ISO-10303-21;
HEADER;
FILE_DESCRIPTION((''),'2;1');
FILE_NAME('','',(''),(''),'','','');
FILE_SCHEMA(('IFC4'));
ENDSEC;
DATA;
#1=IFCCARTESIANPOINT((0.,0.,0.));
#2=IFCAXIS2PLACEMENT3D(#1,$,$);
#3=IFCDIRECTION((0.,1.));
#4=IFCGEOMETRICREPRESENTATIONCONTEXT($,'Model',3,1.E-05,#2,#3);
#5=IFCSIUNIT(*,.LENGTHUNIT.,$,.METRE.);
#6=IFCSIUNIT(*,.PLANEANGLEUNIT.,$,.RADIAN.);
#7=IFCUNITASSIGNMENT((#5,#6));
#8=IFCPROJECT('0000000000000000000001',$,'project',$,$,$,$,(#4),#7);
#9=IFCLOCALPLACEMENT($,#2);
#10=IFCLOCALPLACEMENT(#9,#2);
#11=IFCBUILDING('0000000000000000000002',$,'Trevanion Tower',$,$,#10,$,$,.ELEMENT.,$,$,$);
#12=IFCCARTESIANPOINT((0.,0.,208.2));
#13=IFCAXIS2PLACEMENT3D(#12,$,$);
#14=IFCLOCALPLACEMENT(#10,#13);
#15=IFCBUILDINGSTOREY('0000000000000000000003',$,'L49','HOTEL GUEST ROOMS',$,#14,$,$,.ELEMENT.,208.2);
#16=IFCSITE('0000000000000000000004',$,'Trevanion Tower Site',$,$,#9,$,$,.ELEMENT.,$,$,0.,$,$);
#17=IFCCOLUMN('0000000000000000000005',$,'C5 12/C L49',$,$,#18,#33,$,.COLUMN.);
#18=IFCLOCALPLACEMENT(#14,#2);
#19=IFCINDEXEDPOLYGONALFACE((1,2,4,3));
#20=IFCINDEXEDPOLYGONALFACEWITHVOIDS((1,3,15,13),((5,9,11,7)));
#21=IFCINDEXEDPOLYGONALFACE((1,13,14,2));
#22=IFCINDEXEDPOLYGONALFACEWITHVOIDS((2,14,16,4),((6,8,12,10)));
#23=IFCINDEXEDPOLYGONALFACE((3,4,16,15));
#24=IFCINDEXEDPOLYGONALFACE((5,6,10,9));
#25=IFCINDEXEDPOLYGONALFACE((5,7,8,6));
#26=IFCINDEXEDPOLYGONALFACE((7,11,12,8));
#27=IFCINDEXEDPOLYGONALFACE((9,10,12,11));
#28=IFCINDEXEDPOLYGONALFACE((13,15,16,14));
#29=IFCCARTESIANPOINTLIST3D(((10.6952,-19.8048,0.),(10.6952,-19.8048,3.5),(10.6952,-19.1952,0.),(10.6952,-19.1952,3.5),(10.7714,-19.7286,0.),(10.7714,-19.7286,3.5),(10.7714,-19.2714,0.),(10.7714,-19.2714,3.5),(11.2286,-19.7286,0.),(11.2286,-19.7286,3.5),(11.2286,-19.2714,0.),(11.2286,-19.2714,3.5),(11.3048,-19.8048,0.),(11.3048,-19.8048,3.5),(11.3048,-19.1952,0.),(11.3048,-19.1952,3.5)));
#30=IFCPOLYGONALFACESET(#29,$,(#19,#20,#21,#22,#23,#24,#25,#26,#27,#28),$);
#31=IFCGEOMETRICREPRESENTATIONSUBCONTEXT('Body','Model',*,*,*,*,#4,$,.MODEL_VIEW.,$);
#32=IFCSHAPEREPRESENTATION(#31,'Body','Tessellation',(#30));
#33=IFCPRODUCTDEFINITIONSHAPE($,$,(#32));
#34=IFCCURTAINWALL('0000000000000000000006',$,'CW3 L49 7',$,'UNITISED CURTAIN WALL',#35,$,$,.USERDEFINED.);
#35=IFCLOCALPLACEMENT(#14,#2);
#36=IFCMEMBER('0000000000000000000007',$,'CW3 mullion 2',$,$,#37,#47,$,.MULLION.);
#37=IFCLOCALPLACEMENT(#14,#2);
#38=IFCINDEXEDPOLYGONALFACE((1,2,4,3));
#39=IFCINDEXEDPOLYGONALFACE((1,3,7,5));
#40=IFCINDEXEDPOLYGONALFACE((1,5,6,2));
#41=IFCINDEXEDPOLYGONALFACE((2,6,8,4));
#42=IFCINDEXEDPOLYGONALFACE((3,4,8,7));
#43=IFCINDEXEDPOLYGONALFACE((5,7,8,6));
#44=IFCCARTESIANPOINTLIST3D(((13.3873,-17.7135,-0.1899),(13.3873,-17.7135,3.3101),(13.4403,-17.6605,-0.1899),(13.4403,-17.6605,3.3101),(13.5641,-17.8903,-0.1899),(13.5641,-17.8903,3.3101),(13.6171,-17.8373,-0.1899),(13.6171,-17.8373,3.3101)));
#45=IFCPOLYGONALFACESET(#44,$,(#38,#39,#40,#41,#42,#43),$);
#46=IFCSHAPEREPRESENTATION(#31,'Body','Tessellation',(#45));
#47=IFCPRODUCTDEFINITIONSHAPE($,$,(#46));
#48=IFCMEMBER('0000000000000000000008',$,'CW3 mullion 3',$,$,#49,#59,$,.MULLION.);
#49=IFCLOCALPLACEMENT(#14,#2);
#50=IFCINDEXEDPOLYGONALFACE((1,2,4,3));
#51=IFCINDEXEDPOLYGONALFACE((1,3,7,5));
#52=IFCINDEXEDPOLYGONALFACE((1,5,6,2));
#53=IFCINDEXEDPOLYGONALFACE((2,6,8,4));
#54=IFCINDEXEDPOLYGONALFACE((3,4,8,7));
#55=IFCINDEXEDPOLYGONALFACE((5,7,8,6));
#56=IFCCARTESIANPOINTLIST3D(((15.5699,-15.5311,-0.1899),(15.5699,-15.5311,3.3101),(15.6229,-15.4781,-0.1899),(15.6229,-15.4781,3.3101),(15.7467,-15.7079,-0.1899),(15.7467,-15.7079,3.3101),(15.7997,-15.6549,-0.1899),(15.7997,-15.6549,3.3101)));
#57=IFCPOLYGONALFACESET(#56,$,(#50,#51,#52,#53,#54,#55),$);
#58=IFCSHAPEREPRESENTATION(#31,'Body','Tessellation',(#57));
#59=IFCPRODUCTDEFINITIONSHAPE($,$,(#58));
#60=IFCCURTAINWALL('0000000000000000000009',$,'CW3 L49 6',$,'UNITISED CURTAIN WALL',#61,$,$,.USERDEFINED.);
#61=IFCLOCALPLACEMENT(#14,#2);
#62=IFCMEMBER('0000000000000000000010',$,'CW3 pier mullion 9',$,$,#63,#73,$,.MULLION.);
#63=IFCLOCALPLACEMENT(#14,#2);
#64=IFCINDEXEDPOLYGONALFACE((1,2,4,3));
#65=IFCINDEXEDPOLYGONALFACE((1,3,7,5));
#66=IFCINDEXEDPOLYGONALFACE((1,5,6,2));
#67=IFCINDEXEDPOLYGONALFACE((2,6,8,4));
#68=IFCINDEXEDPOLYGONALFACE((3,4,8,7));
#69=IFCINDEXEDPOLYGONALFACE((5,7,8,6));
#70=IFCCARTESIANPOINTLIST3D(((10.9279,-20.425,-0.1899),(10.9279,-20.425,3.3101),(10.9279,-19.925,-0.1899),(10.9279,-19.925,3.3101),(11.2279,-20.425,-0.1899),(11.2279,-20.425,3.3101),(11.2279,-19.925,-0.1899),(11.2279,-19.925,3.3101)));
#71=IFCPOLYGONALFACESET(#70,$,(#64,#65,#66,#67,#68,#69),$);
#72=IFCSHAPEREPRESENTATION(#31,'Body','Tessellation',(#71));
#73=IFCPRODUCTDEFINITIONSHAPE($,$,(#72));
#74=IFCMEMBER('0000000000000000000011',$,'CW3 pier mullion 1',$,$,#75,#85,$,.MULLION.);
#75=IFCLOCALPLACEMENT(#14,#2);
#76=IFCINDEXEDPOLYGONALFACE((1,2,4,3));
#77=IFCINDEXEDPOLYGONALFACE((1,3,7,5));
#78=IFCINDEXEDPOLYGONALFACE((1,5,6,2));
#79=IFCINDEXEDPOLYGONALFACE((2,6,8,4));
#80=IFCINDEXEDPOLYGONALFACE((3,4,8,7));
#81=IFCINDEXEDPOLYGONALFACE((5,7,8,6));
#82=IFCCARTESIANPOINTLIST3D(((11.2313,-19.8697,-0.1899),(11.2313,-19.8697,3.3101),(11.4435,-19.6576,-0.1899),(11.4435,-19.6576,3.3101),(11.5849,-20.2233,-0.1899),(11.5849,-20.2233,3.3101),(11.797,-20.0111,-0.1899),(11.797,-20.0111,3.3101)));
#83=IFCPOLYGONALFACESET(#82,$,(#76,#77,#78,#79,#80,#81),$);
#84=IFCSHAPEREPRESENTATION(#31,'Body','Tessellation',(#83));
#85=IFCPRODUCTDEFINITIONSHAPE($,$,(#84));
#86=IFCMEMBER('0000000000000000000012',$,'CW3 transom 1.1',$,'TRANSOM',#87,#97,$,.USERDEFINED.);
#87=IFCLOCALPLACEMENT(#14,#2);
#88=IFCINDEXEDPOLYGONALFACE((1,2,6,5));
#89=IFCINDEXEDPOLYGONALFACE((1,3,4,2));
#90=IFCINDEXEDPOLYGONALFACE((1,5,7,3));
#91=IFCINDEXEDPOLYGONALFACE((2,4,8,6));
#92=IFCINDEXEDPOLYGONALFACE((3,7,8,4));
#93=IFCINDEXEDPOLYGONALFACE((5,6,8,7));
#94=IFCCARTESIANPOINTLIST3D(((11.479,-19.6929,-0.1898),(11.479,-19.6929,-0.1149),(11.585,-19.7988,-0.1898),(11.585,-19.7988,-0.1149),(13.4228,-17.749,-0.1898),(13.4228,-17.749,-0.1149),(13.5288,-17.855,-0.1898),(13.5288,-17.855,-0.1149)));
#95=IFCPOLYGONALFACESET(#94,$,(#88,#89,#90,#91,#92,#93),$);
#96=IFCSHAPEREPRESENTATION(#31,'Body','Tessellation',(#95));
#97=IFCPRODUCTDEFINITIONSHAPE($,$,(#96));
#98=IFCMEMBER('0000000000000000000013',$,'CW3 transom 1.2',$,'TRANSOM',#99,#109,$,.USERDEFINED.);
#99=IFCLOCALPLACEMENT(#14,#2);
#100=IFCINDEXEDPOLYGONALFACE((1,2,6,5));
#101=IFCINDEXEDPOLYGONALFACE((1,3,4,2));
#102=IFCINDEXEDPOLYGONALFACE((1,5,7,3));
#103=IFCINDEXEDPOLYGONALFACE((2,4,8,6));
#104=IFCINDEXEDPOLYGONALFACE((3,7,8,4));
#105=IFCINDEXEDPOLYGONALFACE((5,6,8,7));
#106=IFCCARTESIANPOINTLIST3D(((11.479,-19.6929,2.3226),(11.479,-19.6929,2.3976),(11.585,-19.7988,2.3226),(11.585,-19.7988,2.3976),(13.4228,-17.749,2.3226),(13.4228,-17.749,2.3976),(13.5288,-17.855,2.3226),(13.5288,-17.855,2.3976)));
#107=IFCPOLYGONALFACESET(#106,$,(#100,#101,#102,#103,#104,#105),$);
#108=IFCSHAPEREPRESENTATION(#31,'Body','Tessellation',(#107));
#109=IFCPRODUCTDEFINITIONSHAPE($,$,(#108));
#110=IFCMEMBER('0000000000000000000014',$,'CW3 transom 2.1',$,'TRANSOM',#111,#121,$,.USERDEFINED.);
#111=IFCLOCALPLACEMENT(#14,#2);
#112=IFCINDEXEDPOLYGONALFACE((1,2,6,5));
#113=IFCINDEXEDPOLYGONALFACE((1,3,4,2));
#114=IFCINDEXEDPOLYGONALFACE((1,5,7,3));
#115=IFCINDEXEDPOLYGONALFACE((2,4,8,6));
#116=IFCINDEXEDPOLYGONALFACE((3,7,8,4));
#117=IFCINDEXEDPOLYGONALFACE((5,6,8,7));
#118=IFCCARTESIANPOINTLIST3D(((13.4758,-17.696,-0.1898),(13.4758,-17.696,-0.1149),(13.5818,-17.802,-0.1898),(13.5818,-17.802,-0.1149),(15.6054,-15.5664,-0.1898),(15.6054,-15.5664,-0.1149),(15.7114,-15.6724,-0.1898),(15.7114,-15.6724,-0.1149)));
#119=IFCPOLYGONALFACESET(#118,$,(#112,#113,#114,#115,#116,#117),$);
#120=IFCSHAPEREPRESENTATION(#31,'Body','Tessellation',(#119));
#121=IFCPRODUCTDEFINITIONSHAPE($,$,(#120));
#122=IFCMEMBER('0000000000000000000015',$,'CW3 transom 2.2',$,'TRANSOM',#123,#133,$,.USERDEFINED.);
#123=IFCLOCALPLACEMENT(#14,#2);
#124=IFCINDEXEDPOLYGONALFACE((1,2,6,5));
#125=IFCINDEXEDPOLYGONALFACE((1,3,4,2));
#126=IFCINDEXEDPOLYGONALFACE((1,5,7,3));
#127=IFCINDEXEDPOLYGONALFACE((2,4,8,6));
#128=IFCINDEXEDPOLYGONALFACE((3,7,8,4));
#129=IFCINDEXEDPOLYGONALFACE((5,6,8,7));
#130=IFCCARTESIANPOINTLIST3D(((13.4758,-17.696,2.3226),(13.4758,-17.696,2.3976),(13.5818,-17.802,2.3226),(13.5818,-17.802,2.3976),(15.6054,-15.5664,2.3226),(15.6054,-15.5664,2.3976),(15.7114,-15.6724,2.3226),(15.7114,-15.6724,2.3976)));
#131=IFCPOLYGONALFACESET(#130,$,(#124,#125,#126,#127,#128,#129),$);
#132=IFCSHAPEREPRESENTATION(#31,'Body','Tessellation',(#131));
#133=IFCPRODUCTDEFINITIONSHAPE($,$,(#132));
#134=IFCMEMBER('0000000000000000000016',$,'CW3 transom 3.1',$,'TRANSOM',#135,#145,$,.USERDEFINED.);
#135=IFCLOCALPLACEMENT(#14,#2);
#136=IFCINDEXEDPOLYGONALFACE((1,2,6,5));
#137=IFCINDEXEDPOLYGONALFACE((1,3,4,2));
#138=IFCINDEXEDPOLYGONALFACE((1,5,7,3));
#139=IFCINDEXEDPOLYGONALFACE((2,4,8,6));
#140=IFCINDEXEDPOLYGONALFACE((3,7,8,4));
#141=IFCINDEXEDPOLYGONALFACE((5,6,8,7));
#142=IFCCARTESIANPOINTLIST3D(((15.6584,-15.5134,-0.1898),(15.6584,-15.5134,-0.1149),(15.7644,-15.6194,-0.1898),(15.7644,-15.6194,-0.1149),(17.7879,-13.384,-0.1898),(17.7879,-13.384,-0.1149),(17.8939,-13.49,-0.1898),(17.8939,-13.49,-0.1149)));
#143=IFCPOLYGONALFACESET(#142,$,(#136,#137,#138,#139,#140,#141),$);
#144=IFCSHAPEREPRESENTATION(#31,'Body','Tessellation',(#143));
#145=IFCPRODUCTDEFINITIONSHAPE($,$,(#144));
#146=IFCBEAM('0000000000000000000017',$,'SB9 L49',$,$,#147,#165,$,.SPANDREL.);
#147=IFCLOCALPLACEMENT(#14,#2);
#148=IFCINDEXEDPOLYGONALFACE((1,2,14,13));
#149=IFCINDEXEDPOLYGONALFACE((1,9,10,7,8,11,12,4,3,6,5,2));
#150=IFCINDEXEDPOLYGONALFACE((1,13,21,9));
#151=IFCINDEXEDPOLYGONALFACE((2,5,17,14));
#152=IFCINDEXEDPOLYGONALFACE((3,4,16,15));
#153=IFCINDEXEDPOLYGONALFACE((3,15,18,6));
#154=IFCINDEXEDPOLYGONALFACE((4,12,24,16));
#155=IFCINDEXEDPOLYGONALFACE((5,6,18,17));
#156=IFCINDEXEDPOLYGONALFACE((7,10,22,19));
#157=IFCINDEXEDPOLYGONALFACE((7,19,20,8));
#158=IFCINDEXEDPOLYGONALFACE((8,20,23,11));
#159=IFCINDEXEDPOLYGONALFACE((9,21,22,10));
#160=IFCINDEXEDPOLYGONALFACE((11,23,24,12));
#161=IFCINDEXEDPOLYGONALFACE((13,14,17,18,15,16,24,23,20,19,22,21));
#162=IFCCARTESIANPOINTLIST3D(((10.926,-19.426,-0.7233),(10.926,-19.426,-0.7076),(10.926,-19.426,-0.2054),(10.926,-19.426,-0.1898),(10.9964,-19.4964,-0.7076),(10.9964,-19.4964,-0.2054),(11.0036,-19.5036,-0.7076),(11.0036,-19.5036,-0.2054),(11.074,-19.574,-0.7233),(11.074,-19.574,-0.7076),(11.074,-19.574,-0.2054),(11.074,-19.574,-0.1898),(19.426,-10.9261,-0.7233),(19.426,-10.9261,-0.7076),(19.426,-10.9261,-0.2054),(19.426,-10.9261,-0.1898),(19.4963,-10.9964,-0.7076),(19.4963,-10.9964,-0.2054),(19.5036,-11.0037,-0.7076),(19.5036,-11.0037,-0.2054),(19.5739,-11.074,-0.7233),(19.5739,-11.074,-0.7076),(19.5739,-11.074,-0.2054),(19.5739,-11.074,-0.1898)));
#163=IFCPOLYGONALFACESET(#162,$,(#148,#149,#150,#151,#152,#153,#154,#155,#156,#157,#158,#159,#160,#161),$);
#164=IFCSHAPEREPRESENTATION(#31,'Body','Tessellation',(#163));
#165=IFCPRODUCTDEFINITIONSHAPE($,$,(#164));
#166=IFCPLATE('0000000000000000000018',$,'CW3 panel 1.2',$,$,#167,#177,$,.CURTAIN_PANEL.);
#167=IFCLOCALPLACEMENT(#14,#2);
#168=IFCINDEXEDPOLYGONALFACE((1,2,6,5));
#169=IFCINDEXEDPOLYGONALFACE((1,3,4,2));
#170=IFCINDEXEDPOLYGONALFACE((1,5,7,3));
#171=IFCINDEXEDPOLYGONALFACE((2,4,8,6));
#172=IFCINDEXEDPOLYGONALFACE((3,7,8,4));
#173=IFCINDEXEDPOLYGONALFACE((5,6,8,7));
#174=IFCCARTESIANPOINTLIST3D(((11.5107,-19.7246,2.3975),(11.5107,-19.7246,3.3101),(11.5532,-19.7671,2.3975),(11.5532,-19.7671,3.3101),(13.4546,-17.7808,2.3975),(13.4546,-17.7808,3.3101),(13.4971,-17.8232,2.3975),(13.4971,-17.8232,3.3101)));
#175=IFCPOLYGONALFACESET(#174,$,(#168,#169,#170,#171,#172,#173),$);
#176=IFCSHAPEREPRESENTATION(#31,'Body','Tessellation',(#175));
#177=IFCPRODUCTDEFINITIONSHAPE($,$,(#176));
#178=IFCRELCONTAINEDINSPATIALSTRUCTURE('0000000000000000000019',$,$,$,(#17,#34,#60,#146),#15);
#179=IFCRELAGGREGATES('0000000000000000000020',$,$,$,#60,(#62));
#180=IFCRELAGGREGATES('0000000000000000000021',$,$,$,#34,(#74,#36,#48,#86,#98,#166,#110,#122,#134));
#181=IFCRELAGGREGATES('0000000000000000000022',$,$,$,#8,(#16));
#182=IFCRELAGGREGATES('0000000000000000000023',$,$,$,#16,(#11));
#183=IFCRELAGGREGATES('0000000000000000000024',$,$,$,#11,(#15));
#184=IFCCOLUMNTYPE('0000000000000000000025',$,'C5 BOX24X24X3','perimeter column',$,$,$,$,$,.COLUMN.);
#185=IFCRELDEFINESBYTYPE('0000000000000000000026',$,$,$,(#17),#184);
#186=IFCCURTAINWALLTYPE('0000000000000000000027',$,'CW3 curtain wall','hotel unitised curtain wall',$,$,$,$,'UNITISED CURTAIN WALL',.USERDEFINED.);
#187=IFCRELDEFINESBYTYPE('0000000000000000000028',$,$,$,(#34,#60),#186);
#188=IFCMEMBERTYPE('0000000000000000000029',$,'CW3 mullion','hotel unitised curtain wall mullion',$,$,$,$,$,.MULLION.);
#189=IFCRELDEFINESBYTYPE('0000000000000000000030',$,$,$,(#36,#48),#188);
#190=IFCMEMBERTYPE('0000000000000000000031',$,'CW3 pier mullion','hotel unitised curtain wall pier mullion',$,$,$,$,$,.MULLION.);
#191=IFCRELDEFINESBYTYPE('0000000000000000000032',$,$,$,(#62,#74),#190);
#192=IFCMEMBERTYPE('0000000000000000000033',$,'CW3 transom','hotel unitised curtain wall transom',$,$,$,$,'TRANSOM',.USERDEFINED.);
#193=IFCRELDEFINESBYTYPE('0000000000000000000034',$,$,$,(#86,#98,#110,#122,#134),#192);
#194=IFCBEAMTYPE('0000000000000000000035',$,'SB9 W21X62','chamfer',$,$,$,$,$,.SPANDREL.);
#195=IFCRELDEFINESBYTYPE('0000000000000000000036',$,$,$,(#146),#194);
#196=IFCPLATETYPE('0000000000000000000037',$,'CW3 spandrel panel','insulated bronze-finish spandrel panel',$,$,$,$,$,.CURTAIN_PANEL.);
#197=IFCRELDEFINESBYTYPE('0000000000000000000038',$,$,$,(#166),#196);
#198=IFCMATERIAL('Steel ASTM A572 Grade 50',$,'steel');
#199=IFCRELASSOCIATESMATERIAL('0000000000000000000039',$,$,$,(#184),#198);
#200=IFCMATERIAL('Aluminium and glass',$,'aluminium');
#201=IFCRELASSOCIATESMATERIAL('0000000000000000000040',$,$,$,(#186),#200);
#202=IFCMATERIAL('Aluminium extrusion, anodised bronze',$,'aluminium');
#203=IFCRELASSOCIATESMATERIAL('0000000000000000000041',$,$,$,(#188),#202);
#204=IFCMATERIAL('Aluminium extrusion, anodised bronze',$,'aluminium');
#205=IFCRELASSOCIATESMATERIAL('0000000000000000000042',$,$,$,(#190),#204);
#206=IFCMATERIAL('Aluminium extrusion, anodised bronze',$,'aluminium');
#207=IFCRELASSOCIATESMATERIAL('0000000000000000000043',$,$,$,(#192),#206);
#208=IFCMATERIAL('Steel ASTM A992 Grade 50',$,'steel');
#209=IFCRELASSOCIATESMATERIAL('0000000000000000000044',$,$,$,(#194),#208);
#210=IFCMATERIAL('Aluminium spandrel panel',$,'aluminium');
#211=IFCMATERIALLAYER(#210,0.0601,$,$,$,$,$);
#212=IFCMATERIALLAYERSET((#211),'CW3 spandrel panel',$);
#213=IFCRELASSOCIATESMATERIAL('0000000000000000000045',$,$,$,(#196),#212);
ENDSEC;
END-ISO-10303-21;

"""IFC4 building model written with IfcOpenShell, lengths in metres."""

from ifc_helpers import new_model, si_unit, direction, frame, origin, origin_2d, place, context, subcontext, project, spatial, rectangle, hollow_rectangle, i_section, extrude, material, layer, layer_set, material_profile, profile_set, type_object, element, aggregate, save


model = new_model("IFC4")

# Units and contexts
model_context = context("Model", 3, precision=1e-05, world=origin(), true_north=direction((0.0, 1.0)))
body_context = subcontext(model_context, "Body", "Model", "MODEL_VIEW")
ifc_project = project(units=[si_unit("LENGTHUNIT", "METRE"), si_unit("PLANEANGLEUNIT", "RADIAN")], contexts=[model_context])

# Site, building, storey
site_placement = place(None, origin())
site = spatial("IfcSite", under=ifc_project, at=site_placement, Name="Trevanion Tower Site", CompositionType="ELEMENT", RefElevation=0.0)
building_placement = place(site_placement, origin())
building = spatial("IfcBuilding", under=site, at=building_placement, Name="Trevanion Tower", CompositionType="ELEMENT")
storey_placement = place(building_placement, frame((0.0, 0.0, 208.2)))
storey = spatial("IfcBuildingStorey", under=building, at=storey_placement, Name="L49", Description="HOTEL GUEST ROOMS", CompositionType="ELEMENT", Elevation=208.2)

# Column
ifc_material_1 = material(Name="Steel ASTM A572 Grade 50", Category="steel")
ifc_material_profile_1 = material_profile(ifc_material_1, hollow_rectangle(XDim=0.6096, YDim=0.6096, WallThickness=0.0762, at=origin_2d()), Name="BOX24X24X3")
ifc_profile_set_1 = profile_set([ifc_material_profile_1], Name="Steel ASTM A572 Grade 50")
column_type = type_object("IfcColumnType", Name="C5 BOX24X24X3", Description="perimeter column", PredefinedType="COLUMN", material=ifc_profile_set_1)
column_placement = place(storey_placement, frame((11.0, -19.5, 0.0), z_axis=(0.0, 0.0, 1.0), x_axis=(1.0, 0.0, 0.0)))
element("IfcColumn", 1, at=column_placement, inside=storey, type_object=column_type, Name="C5 12/C L49", PredefinedType="COLUMN", context=body_context, shape_type="SweptSolid", body=[
    extrude(hollow_rectangle(XDim=0.6096, YDim=0.6096, WallThickness=0.0762, at=origin_2d()), origin(), (0.0, 0.0, 1.0), 3.5),
])

# Curtain wall, members
ifc_material_2 = material(Name="Aluminium and glass", Category="aluminium")
curtain_wall_type = type_object("IfcCurtainWallType", Name="CW3 curtain wall", Description="hotel unitised curtain wall", ElementType="UNITISED CURTAIN WALL", PredefinedType="USERDEFINED", material=ifc_material_2)
curtain_wall_1_placement = place(storey_placement, origin())
curtain_wall_1 = element("IfcCurtainWall", 2, at=curtain_wall_1_placement, inside=storey, type_object=curtain_wall_type, Name="CW3 L49 7", ObjectType="UNITISED CURTAIN WALL", PredefinedType="USERDEFINED")
ifc_material_3 = material(Name="Aluminium extrusion, anodised bronze", Category="aluminium")
ifc_material_profile_2 = material_profile(ifc_material_3, rectangle(XDim=0.075, YDim=0.25, at=origin_2d()), Name="CW3 mullion")
ifc_profile_set_2 = profile_set([ifc_material_profile_2], Name="Aluminium extrusion, anodised bronze")
member_type_1 = type_object("IfcMemberType", Name="CW3 mullion", Description="hotel unitised curtain wall mullion", PredefinedType="MULLION", material=ifc_profile_set_2)
member_1_placement = place(storey_placement, frame((13.5022, -17.7754, -0.1899), z_axis=(0.0, 0.0, 1.0), x_axis=(0.707107, 0.707107, 0.0)))
member_1 = element("IfcMember", 3, at=member_1_placement, type_object=member_type_1, Name="CW3 mullion 2", PredefinedType="MULLION", context=body_context, shape_type="SweptSolid", body=[
    extrude(rectangle(XDim=0.075, YDim=0.25, at=origin_2d()), origin(), (0.0, 0.0, 1.0), 3.5),
])
member_2_placement = place(storey_placement, frame((15.6848, -15.593, -0.1899), z_axis=(0.0, 0.0, 1.0), x_axis=(0.707107, 0.707107, 0.0)))
member_2 = element("IfcMember", 4, at=member_2_placement, type_object=member_type_1, Name="CW3 mullion 3", PredefinedType="MULLION", context=body_context, shape_type="SweptSolid", body=[
    extrude(rectangle(XDim=0.075, YDim=0.25, at=origin_2d()), origin(), (0.0, 0.0, 1.0), 3.5),
])

# Curtain wall, member
curtain_wall_2_placement = place(storey_placement, origin())
curtain_wall_2 = element("IfcCurtainWall", 5, at=curtain_wall_2_placement, inside=storey, type_object=curtain_wall_type, Name="CW3 L49 6", ObjectType="UNITISED CURTAIN WALL", PredefinedType="USERDEFINED")
ifc_material_4 = material(Name="Aluminium extrusion, anodised bronze", Category="aluminium")
ifc_material_profile_3 = material_profile(ifc_material_4, rectangle(XDim=0.3, YDim=0.5, at=origin_2d()), Name="CW3 pier mullion")
ifc_profile_set_3 = profile_set([ifc_material_profile_3], Name="Aluminium extrusion, anodised bronze")
member_type_2 = type_object("IfcMemberType", Name="CW3 pier mullion", Description="hotel unitised curtain wall pier mullion", PredefinedType="MULLION", material=ifc_profile_set_3)
member_3_placement = place(storey_placement, frame((11.0779, -20.175, -0.1899), z_axis=(0.0, 0.0, 1.0), x_axis=(1.0, 0.0, 0.0)))
member_3 = element("IfcMember", 6, at=member_3_placement, type_object=member_type_2, Name="CW3 pier mullion 9", PredefinedType="MULLION", context=body_context, shape_type="SweptSolid", body=[
    extrude(rectangle(XDim=0.3, YDim=0.5, at=origin_2d()), origin(), (0.0, 0.0, 1.0), 3.5),
])
aggregate(curtain_wall_2, [member_3])

# Members
member_4_placement = place(storey_placement, frame((11.5142, -19.9404, -0.1899), z_axis=(0.0, 0.0, 1.0), x_axis=(0.707107, 0.707107, 0.0)))
member_4 = element("IfcMember", 7, at=member_4_placement, type_object=member_type_2, Name="CW3 pier mullion 1", PredefinedType="MULLION", context=body_context, shape_type="SweptSolid", body=[
    extrude(rectangle(XDim=0.3, YDim=0.5, at=origin_2d()), origin(), (0.0, 0.0, 1.0), 3.5),
])
ifc_material_5 = material(Name="Aluminium extrusion, anodised bronze", Category="aluminium")
ifc_material_profile_4 = material_profile(ifc_material_5, rectangle(XDim=0.1499, YDim=0.075, at=origin_2d()), Name="CW3 transom")
ifc_profile_set_4 = profile_set([ifc_material_profile_4], Name="Aluminium extrusion, anodised bronze")
member_type_3 = type_object("IfcMemberType", Name="CW3 transom", Description="hotel unitised curtain wall transom", ElementType="TRANSOM", PredefinedType="USERDEFINED", material=ifc_profile_set_4)
member_5_placement = place(storey_placement, frame((11.532, -19.7458, -0.1523), z_axis=(0.707107, 0.707107, 0.0), x_axis=(-0.707107, 0.707107, 0.0)))
member_5 = element("IfcMember", 8, at=member_5_placement, type_object=member_type_3, Name="CW3 transom 1.1", ObjectType="TRANSOM", PredefinedType="USERDEFINED", context=body_context, shape_type="SweptSolid", body=[
    extrude(rectangle(XDim=0.1499, YDim=0.075, at=origin_2d()), origin(), (0.0, 0.0, 1.0), 2.749),
])
member_6_placement = place(storey_placement, frame((11.532, -19.7458, 2.3601), z_axis=(0.707107, 0.707107, 0.0), x_axis=(-0.707107, 0.707107, 0.0)))
member_6 = element("IfcMember", 9, at=member_6_placement, type_object=member_type_3, Name="CW3 transom 1.2", ObjectType="TRANSOM", PredefinedType="USERDEFINED", context=body_context, shape_type="SweptSolid", body=[
    extrude(rectangle(XDim=0.1499, YDim=0.075, at=origin_2d()), origin(), (0.0, 0.0, 1.0), 2.749),
])
member_7_placement = place(storey_placement, frame((13.5288, -17.749, -0.1523), z_axis=(0.707107, 0.707107, 0.0), x_axis=(-0.707107, 0.707107, 0.0)))
member_7 = element("IfcMember", 10, at=member_7_placement, type_object=member_type_3, Name="CW3 transom 2.1", ObjectType="TRANSOM", PredefinedType="USERDEFINED", context=body_context, shape_type="SweptSolid", body=[
    extrude(rectangle(XDim=0.1499, YDim=0.075, at=origin_2d()), origin(), (0.0, 0.0, 1.0), 3.0117),
])
member_8_placement = place(storey_placement, frame((13.5288, -17.749, 2.3601), z_axis=(0.707107, 0.707107, 0.0), x_axis=(-0.707107, 0.707107, 0.0)))
member_8 = element("IfcMember", 11, at=member_8_placement, type_object=member_type_3, Name="CW3 transom 2.2", ObjectType="TRANSOM", PredefinedType="USERDEFINED", context=body_context, shape_type="SweptSolid", body=[
    extrude(rectangle(XDim=0.1499, YDim=0.075, at=origin_2d()), origin(), (0.0, 0.0, 1.0), 3.0117),
])
member_9_placement = place(storey_placement, frame((15.7114, -15.5664, -0.1523), z_axis=(0.707107, 0.707107, 0.0), x_axis=(-0.707107, 0.707107, 0.0)))
member_9 = element("IfcMember", 12, at=member_9_placement, type_object=member_type_3, Name="CW3 transom 3.1", ObjectType="TRANSOM", PredefinedType="USERDEFINED", context=body_context, shape_type="SweptSolid", body=[
    extrude(rectangle(XDim=0.1499, YDim=0.075, at=origin_2d()), origin(), (0.0, 0.0, 1.0), 3.0115),
])

# Beam
ifc_material_6 = material(Name="Steel ASTM A992 Grade 50", Category="steel")
ifc_material_profile_5 = material_profile(ifc_material_6, i_section(OverallWidth=0.2092, OverallDepth=0.5334, WebThickness=0.0103, FlangeThickness=0.0156, at=origin_2d()), Name="W21X62")
ifc_profile_set_5 = profile_set([ifc_material_profile_5], Name="Steel ASTM A992 Grade 50")
beam_type = type_object("IfcBeamType", Name="SB9 W21X62", Description="chamfer", PredefinedType="SPANDREL", material=ifc_profile_set_5)
beam_placement = place(storey_placement, frame((11.0, -19.5, -0.4565), z_axis=(0.707107, 0.707107, 0.0), x_axis=(-0.707107, 0.707107, 0.0)))
element("IfcBeam", 13, at=beam_placement, inside=storey, type_object=beam_type, Name="SB9 L49", PredefinedType="SPANDREL", context=body_context, shape_type="SweptSolid", body=[
    extrude(i_section(OverallWidth=0.2092, OverallDepth=0.5334, WebThickness=0.0103, FlangeThickness=0.0156, at=origin_2d()), origin(), (0.0, 0.0, 1.0), 12.0208),
])

# Plate
ifc_material_7 = material(Name="Aluminium spandrel panel", Category="aluminium")
ifc_layer_1 = layer(ifc_material_7, 0.0601)
ifc_layer_set_1 = layer_set([ifc_layer_1], Name="CW3 spandrel panel")
plate_type_1 = type_object("IfcPlateType", Name="CW3 spandrel panel", Description="insulated bronze-finish spandrel panel", PredefinedType="CURTAIN_PANEL", material=ifc_layer_set_1)
plate_1_placement = place(storey_placement, frame((12.5039, -18.7739, 2.3975), z_axis=(0.0, 0.0, 1.0), x_axis=(0.707107, 0.707107, 0.0)))
plate_1 = element("IfcPlate", 14, at=plate_1_placement, type_object=plate_type_1, Name="CW3 panel 1.2", PredefinedType="CURTAIN_PANEL", context=body_context, shape_type="SweptSolid", body=[
    extrude(rectangle(XDim=2.749, YDim=0.0601, at=origin_2d()), origin(), (0.0, 0.0, 1.0), 0.9126),
])
aggregate(curtain_wall_1, [member_4, member_1, member_2, member_5, member_6, plate_1, member_7, member_8, member_9])

save(model, "model.ifc")
